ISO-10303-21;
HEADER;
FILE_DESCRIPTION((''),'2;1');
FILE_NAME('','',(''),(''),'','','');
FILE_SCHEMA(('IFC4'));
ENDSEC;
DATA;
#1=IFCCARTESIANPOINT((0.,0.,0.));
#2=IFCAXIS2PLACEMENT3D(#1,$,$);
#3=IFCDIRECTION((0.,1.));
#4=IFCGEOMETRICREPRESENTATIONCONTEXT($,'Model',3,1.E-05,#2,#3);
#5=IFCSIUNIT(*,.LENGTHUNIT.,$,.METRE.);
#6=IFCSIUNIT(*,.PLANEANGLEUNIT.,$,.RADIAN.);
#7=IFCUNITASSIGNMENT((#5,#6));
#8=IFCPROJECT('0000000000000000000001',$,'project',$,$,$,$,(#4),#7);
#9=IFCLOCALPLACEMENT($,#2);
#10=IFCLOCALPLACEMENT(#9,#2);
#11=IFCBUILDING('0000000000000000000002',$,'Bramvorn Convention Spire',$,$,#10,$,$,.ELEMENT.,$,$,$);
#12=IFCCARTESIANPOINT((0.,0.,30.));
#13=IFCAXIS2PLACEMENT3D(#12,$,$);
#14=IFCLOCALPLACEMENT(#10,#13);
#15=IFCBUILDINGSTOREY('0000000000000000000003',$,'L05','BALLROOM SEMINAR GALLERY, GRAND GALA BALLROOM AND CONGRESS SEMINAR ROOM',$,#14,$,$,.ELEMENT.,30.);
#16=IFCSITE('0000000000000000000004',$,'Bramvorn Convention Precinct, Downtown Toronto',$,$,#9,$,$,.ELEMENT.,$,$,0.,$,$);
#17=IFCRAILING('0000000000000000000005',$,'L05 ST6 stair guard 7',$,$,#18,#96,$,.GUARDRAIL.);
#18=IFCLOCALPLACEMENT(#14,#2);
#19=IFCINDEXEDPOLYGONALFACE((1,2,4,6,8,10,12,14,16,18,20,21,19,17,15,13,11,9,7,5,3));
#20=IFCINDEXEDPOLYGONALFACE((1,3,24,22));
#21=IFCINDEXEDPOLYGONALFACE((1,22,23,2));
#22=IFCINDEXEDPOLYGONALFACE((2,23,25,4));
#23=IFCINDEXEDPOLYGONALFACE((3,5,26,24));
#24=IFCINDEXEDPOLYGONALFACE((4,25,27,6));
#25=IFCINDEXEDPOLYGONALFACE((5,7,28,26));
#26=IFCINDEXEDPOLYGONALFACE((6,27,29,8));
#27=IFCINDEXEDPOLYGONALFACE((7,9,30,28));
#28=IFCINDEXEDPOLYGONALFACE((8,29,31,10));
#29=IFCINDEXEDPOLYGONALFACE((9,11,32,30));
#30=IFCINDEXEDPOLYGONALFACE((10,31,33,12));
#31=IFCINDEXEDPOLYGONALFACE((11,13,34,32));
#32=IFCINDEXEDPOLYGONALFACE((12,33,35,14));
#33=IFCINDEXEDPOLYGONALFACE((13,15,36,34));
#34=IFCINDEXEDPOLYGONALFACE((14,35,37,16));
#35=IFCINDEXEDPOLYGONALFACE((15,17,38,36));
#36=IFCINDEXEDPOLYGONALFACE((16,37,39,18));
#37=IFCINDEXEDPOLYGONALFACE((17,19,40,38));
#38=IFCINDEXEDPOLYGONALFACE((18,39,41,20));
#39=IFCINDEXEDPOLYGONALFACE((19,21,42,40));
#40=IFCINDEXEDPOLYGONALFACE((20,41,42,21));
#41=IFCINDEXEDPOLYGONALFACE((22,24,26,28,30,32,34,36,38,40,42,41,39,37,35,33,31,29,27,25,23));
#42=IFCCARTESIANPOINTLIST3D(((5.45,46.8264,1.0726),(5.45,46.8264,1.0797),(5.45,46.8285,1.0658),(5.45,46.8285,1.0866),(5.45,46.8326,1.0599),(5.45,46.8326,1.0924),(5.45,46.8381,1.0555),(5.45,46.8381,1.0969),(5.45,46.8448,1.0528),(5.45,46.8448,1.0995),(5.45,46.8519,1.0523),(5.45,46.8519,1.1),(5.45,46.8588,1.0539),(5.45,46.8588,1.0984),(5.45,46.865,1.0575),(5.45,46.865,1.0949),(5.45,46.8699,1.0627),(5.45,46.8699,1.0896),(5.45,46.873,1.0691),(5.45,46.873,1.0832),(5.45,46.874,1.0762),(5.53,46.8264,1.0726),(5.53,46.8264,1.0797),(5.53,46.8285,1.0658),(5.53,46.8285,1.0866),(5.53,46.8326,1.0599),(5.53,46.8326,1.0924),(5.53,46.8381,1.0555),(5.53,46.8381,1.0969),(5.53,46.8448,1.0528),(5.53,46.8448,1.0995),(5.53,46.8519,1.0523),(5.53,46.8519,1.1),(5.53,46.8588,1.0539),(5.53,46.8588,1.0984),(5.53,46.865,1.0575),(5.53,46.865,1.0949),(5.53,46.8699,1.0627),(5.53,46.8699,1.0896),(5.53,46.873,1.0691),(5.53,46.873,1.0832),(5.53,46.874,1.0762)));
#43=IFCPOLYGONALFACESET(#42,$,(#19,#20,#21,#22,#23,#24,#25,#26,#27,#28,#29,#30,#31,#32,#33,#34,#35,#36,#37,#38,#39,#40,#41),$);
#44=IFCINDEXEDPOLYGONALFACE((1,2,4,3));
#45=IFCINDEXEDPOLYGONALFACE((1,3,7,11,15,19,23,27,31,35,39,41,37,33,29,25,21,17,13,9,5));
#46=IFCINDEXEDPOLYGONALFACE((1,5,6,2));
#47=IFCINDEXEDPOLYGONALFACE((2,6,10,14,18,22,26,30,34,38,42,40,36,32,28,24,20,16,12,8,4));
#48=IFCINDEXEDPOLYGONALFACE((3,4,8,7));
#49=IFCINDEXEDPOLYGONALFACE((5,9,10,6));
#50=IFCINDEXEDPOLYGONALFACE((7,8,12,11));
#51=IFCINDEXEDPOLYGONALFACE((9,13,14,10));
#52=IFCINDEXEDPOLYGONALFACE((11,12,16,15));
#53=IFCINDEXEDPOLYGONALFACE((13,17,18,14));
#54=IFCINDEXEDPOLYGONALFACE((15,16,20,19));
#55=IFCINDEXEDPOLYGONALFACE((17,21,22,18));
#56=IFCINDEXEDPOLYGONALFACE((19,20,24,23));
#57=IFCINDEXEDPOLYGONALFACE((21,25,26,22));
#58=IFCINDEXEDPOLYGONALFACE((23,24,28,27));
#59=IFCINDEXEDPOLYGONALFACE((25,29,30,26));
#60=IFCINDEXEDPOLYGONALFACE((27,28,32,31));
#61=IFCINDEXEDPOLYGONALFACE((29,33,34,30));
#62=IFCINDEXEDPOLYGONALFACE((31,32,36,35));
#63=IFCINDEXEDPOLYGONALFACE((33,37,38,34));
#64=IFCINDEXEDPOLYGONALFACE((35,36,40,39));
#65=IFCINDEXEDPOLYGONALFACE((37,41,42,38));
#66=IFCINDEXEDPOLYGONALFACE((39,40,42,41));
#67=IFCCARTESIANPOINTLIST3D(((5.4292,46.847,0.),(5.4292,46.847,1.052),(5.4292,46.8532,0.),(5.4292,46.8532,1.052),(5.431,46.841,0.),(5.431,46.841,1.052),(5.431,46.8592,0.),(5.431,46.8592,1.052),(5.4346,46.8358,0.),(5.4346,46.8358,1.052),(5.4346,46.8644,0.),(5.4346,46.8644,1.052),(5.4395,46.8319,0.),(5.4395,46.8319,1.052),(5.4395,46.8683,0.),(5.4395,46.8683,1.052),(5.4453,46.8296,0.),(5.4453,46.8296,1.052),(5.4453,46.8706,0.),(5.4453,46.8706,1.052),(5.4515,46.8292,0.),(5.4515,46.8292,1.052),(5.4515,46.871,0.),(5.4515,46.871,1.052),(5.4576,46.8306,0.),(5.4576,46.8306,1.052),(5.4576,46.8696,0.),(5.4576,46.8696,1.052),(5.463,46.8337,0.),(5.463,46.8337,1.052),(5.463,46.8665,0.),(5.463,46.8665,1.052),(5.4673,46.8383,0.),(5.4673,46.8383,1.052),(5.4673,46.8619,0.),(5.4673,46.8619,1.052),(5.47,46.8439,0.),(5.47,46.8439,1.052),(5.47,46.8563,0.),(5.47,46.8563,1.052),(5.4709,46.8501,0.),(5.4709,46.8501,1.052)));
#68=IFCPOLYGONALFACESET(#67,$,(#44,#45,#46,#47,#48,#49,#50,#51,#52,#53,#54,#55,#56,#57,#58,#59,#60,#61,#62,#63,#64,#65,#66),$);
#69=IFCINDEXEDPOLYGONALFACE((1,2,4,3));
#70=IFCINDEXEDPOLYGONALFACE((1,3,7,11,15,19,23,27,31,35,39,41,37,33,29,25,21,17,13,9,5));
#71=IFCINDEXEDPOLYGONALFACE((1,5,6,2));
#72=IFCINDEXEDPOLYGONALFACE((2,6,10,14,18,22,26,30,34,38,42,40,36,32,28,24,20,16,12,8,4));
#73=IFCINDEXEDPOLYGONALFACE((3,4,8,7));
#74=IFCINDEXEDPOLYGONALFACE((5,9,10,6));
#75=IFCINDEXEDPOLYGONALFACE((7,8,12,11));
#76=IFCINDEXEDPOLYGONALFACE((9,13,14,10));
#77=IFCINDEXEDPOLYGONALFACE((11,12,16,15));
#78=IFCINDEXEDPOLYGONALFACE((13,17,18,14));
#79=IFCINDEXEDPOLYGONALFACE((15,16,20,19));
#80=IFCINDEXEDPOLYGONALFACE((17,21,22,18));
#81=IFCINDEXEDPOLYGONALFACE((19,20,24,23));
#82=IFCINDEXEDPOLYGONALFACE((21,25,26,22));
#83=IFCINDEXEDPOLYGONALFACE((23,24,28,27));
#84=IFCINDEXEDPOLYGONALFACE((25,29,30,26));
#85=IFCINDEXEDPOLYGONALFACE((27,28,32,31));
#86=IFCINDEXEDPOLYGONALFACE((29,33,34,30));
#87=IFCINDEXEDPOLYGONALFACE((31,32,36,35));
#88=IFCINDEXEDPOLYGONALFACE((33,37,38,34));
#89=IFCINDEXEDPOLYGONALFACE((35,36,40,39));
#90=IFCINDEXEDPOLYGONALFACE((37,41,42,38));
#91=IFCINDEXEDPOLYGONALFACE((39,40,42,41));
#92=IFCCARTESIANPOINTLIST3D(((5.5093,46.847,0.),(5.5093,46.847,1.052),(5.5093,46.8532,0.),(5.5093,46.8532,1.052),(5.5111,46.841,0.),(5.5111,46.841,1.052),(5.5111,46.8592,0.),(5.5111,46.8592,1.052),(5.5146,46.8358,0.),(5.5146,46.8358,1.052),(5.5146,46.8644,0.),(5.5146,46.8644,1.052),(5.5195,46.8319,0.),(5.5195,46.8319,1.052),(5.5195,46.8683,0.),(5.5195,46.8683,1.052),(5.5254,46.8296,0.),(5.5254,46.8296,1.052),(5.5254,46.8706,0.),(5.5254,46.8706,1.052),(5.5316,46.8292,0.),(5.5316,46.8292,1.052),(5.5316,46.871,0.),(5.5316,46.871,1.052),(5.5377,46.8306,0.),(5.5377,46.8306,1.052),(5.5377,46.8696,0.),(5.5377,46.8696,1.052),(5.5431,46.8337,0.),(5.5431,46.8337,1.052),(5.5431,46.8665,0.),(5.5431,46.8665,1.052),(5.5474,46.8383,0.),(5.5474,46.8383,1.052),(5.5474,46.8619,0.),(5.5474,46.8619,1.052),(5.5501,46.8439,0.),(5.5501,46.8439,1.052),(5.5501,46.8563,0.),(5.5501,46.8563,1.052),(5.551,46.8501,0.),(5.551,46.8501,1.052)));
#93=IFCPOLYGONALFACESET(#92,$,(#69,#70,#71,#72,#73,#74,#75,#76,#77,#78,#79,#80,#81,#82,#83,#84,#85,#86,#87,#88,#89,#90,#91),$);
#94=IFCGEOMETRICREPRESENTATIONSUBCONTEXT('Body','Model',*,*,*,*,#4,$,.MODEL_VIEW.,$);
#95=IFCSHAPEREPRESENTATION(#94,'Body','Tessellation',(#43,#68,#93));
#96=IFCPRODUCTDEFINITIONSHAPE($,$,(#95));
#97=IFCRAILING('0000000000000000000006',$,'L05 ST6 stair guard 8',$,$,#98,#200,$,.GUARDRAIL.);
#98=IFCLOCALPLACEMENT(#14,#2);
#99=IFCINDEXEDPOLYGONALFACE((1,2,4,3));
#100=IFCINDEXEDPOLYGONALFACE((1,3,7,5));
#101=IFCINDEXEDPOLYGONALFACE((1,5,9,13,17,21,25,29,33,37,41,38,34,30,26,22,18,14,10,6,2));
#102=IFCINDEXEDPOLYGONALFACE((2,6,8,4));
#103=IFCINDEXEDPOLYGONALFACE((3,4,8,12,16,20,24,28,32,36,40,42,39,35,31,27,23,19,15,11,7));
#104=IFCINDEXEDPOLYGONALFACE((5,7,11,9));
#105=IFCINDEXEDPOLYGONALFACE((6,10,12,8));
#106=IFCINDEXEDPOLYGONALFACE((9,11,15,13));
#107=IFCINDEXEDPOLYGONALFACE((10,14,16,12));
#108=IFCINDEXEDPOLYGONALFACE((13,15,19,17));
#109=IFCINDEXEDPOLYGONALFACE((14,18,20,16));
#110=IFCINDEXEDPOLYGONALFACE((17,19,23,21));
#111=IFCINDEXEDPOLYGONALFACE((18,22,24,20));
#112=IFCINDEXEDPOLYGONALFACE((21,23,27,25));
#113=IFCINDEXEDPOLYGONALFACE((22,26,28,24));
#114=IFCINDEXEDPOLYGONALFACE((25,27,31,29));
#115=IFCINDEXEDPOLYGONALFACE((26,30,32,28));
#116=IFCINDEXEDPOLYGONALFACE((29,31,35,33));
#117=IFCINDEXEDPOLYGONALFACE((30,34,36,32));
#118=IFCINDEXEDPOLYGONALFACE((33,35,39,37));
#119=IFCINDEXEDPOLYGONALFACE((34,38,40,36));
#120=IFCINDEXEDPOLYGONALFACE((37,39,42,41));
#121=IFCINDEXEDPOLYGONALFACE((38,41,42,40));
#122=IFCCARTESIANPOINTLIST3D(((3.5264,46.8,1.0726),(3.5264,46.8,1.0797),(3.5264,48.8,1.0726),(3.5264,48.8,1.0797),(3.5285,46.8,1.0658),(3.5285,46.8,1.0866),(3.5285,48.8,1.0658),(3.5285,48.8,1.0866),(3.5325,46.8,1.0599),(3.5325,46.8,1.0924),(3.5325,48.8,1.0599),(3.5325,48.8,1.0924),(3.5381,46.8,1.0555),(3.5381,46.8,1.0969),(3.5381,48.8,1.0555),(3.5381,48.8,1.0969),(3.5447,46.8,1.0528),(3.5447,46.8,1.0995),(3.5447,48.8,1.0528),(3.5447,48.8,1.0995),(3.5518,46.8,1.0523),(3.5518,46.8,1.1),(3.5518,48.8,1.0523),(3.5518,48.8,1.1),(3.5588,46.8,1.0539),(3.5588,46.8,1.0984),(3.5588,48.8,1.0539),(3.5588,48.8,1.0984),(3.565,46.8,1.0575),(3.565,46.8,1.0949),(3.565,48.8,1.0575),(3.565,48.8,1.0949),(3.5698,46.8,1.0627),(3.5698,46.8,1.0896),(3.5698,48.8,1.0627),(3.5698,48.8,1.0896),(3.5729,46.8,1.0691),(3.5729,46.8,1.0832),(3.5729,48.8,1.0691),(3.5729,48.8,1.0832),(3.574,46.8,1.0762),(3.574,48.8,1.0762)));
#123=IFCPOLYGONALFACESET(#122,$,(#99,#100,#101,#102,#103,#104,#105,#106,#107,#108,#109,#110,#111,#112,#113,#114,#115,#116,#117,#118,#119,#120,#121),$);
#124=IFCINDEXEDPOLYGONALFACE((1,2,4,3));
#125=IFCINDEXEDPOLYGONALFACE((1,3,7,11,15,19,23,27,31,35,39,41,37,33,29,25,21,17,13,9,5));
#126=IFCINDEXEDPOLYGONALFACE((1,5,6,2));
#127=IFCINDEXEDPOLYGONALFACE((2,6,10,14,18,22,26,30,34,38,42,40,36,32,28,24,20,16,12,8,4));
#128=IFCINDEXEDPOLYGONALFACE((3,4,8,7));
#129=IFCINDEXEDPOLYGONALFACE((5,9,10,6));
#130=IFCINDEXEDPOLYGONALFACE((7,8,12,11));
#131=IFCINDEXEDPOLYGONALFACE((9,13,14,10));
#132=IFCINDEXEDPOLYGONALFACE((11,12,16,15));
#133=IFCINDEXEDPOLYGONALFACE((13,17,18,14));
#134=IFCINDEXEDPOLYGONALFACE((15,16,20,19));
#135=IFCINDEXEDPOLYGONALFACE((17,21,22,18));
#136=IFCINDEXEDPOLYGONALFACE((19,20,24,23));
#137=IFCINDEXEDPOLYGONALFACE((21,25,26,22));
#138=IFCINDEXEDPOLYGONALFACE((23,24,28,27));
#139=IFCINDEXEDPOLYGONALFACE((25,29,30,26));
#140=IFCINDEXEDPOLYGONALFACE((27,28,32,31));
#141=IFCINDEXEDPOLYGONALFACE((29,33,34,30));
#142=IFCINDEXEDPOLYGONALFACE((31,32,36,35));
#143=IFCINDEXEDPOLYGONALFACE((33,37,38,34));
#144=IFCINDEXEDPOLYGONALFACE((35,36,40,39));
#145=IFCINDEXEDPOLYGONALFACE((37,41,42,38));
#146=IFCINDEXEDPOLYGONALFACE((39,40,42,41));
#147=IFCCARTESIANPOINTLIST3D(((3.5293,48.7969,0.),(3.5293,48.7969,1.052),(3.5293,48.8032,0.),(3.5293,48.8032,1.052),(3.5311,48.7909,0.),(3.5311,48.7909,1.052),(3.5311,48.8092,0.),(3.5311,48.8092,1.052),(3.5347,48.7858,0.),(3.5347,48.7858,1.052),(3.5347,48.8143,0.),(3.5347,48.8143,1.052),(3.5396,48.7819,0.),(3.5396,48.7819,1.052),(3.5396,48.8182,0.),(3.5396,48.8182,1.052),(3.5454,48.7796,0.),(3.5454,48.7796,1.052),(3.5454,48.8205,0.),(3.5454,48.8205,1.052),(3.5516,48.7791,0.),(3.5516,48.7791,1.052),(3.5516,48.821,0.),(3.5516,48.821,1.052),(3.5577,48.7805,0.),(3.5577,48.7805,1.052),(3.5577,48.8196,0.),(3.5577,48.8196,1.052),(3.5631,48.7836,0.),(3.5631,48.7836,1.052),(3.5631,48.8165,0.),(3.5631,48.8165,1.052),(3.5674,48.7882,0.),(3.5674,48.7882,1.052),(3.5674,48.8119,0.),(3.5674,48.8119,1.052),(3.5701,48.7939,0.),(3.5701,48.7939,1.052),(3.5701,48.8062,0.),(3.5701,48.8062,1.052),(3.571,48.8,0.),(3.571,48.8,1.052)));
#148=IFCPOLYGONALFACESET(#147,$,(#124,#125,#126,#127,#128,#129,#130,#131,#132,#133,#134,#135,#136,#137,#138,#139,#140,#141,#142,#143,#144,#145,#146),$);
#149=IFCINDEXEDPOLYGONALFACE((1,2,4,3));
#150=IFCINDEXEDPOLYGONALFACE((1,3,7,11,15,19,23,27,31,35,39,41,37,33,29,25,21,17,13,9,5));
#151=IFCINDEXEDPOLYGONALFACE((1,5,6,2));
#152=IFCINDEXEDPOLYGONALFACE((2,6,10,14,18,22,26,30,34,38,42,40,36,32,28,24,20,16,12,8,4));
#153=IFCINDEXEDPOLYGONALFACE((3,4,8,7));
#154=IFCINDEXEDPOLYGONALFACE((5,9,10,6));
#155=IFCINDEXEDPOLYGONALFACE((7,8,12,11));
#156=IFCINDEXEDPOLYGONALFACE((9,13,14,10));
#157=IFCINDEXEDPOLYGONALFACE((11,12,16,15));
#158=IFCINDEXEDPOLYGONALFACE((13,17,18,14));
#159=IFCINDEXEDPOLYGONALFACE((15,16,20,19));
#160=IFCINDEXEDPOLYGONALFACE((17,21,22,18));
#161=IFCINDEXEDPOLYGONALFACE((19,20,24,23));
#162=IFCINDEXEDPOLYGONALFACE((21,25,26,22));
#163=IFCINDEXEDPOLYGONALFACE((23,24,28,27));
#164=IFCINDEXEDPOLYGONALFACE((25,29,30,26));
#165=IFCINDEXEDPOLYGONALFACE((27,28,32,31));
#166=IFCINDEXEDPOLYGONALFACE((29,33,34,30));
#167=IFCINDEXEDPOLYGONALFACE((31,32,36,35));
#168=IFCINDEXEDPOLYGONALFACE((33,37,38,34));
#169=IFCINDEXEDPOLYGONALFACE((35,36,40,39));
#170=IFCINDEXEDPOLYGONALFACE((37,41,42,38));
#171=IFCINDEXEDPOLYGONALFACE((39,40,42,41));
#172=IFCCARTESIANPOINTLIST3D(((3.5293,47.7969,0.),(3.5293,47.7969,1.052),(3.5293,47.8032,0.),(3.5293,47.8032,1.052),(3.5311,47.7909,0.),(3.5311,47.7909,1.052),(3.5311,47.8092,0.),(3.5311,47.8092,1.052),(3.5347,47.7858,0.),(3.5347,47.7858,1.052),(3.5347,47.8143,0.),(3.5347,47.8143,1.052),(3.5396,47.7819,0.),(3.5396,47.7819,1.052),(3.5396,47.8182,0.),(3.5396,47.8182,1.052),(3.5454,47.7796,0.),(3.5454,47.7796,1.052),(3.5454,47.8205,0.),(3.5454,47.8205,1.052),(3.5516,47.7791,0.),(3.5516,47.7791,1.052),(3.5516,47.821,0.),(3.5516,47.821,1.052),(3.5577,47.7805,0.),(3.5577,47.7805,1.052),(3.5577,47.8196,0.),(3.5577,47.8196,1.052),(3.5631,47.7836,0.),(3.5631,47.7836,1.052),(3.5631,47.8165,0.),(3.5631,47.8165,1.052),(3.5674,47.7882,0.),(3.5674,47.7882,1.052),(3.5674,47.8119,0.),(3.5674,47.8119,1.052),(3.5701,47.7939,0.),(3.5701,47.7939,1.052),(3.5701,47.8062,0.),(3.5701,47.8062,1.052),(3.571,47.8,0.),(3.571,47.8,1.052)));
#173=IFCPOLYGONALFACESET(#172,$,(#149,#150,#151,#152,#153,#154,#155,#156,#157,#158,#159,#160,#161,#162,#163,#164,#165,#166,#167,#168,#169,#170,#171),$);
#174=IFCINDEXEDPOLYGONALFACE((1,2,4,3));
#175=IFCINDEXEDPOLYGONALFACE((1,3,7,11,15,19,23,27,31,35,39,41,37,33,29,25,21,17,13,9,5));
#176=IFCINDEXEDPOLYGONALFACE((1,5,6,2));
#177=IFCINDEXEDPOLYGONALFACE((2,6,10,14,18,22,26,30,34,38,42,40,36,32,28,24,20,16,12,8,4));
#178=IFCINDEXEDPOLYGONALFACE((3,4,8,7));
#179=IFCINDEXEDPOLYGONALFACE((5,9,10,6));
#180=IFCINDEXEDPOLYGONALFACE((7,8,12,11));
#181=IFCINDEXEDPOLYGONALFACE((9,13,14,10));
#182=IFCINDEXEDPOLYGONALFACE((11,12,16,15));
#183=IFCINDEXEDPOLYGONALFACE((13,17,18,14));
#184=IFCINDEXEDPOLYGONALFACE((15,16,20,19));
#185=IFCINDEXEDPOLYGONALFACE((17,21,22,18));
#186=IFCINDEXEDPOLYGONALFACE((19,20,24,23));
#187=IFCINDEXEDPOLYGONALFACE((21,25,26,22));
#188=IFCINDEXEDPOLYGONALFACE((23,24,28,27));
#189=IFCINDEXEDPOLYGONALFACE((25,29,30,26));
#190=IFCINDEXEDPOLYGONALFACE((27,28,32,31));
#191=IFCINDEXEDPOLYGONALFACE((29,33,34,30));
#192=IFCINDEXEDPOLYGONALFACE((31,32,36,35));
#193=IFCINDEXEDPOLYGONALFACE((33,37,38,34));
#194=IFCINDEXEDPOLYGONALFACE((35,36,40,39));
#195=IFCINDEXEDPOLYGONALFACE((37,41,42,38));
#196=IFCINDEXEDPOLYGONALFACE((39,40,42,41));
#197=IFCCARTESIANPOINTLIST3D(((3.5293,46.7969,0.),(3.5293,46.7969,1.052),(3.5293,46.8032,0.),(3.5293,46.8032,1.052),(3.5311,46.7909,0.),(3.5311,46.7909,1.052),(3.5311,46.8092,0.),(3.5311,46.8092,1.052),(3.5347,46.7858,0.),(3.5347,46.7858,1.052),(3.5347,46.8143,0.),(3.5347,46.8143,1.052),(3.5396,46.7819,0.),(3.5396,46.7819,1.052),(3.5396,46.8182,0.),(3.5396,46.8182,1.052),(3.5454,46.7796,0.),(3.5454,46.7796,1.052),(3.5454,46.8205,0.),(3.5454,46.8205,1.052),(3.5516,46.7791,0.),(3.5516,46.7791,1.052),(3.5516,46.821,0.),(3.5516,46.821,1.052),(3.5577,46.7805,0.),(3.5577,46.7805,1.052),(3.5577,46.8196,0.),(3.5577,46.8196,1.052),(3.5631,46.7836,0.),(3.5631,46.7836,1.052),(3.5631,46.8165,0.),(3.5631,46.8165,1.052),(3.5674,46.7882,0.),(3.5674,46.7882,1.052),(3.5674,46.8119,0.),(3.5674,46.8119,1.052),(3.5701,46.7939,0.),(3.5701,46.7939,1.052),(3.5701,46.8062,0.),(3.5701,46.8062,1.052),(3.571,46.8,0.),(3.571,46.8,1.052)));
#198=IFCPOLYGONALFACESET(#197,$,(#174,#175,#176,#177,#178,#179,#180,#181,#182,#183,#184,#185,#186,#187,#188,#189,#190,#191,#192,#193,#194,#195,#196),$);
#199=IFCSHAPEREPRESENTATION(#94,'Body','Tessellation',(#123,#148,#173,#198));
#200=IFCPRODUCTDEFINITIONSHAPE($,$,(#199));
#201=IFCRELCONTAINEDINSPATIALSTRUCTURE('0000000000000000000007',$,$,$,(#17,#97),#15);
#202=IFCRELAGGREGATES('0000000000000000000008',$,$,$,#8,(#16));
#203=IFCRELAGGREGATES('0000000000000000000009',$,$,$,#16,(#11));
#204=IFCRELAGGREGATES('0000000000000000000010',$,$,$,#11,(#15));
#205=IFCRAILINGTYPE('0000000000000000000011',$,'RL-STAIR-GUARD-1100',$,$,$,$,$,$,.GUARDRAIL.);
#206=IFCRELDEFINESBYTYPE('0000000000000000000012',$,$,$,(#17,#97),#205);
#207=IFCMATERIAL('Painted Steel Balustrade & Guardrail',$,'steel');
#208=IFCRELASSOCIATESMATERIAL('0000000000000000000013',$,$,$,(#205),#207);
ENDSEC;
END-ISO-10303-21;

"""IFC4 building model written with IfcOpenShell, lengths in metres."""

from ifc_helpers import new_model, si_unit, direction, frame, origin, origin_2d, place, context, subcontext, project, spatial, circle, extrude, material, type_object, element, save


model = new_model("IFC4")

# Units and contexts
model_context = context("Model", 3, precision=1e-05, world=origin(), true_north=direction((0.0, 1.0)))
body_context = subcontext(model_context, "Body", "Model", "MODEL_VIEW")
ifc_project = project(units=[si_unit("LENGTHUNIT", "METRE"), si_unit("PLANEANGLEUNIT", "RADIAN")], contexts=[model_context])

# Site, building, storey
site_placement = place(None, origin())
site = spatial("IfcSite", under=ifc_project, at=site_placement, Name="Bramvorn Convention Precinct, Downtown Toronto", CompositionType="ELEMENT", RefElevation=0.0)
building_placement = place(site_placement, origin())
building = spatial("IfcBuilding", under=site, at=building_placement, Name="Bramvorn Convention Spire", CompositionType="ELEMENT")
storey_placement = place(building_placement, frame((0.0, 0.0, 30.0)))
storey = spatial("IfcBuildingStorey", under=building, at=storey_placement, Name="L05", Description="BALLROOM SEMINAR GALLERY, GRAND GALA BALLROOM AND CONGRESS SEMINAR ROOM", CompositionType="ELEMENT", Elevation=30.0)

# Railings
ifc_material_1 = material(Name="Painted Steel Balustrade & Guardrail", Category="steel")
railing_type_1 = type_object("IfcRailingType", Name="RL-STAIR-GUARD-1100", PredefinedType="GUARDRAIL", material=ifc_material_1)
railing_1_placement = place(storey_placement, frame((5.45, 46.8501, 0.0)))
element("IfcRailing", 1, at=railing_1_placement, inside=storey, type_object=railing_type_1, Name="L05 ST6 stair guard 7", PredefinedType="GUARDRAIL", context=body_context, shape_type="SweptSolid", body=[
    extrude(circle(Radius=0.0239, at=origin_2d()), frame((0.0, 0.0, 1.0762), z_axis=(1.0, 0.0, 0.0), x_axis=(0.0, 1.0, 0.0)), (0.0, 0.0, 1.0), 0.0801),
    extrude(circle(Radius=0.021, at=origin_2d()), origin(), (0.0, 0.0, 1.0), 1.052),
    extrude(circle(Radius=0.021, at=origin_2d()), frame((0.0801, 0.0, 0.0)), (0.0, 0.0, 1.0), 1.052),
])
for number, where, name in (
    (2, (3.55, 48.8, 0.0), "L05 ST6 stair guard 8"),
):
    element("IfcRailing", number, at=place(storey_placement, frame(where)), inside=storey, type_object=railing_type_1, Name=name, PredefinedType="GUARDRAIL", context=body_context, shape_type="SweptSolid", body=[
        extrude(circle(Radius=0.0239, at=origin_2d()), frame((0.0, 0.0, 1.0762), z_axis=(0.0, -1.0, 0.0), x_axis=(1.0, 0.0, 0.0)), (0.0, 0.0, 1.0), 2.0),
        extrude(circle(Radius=0.021, at=origin_2d()), origin(), (0.0, 0.0, 1.0), 1.052),
        extrude(circle(Radius=0.021, at=origin_2d()), frame((0.0, -1.0, 0.0)), (0.0, 0.0, 1.0), 1.052),
        extrude(circle(Radius=0.021, at=origin_2d()), frame((0.0, -2.0, 0.0)), (0.0, 0.0, 1.0), 1.052),
    ])

save(model, "model.ifc")
